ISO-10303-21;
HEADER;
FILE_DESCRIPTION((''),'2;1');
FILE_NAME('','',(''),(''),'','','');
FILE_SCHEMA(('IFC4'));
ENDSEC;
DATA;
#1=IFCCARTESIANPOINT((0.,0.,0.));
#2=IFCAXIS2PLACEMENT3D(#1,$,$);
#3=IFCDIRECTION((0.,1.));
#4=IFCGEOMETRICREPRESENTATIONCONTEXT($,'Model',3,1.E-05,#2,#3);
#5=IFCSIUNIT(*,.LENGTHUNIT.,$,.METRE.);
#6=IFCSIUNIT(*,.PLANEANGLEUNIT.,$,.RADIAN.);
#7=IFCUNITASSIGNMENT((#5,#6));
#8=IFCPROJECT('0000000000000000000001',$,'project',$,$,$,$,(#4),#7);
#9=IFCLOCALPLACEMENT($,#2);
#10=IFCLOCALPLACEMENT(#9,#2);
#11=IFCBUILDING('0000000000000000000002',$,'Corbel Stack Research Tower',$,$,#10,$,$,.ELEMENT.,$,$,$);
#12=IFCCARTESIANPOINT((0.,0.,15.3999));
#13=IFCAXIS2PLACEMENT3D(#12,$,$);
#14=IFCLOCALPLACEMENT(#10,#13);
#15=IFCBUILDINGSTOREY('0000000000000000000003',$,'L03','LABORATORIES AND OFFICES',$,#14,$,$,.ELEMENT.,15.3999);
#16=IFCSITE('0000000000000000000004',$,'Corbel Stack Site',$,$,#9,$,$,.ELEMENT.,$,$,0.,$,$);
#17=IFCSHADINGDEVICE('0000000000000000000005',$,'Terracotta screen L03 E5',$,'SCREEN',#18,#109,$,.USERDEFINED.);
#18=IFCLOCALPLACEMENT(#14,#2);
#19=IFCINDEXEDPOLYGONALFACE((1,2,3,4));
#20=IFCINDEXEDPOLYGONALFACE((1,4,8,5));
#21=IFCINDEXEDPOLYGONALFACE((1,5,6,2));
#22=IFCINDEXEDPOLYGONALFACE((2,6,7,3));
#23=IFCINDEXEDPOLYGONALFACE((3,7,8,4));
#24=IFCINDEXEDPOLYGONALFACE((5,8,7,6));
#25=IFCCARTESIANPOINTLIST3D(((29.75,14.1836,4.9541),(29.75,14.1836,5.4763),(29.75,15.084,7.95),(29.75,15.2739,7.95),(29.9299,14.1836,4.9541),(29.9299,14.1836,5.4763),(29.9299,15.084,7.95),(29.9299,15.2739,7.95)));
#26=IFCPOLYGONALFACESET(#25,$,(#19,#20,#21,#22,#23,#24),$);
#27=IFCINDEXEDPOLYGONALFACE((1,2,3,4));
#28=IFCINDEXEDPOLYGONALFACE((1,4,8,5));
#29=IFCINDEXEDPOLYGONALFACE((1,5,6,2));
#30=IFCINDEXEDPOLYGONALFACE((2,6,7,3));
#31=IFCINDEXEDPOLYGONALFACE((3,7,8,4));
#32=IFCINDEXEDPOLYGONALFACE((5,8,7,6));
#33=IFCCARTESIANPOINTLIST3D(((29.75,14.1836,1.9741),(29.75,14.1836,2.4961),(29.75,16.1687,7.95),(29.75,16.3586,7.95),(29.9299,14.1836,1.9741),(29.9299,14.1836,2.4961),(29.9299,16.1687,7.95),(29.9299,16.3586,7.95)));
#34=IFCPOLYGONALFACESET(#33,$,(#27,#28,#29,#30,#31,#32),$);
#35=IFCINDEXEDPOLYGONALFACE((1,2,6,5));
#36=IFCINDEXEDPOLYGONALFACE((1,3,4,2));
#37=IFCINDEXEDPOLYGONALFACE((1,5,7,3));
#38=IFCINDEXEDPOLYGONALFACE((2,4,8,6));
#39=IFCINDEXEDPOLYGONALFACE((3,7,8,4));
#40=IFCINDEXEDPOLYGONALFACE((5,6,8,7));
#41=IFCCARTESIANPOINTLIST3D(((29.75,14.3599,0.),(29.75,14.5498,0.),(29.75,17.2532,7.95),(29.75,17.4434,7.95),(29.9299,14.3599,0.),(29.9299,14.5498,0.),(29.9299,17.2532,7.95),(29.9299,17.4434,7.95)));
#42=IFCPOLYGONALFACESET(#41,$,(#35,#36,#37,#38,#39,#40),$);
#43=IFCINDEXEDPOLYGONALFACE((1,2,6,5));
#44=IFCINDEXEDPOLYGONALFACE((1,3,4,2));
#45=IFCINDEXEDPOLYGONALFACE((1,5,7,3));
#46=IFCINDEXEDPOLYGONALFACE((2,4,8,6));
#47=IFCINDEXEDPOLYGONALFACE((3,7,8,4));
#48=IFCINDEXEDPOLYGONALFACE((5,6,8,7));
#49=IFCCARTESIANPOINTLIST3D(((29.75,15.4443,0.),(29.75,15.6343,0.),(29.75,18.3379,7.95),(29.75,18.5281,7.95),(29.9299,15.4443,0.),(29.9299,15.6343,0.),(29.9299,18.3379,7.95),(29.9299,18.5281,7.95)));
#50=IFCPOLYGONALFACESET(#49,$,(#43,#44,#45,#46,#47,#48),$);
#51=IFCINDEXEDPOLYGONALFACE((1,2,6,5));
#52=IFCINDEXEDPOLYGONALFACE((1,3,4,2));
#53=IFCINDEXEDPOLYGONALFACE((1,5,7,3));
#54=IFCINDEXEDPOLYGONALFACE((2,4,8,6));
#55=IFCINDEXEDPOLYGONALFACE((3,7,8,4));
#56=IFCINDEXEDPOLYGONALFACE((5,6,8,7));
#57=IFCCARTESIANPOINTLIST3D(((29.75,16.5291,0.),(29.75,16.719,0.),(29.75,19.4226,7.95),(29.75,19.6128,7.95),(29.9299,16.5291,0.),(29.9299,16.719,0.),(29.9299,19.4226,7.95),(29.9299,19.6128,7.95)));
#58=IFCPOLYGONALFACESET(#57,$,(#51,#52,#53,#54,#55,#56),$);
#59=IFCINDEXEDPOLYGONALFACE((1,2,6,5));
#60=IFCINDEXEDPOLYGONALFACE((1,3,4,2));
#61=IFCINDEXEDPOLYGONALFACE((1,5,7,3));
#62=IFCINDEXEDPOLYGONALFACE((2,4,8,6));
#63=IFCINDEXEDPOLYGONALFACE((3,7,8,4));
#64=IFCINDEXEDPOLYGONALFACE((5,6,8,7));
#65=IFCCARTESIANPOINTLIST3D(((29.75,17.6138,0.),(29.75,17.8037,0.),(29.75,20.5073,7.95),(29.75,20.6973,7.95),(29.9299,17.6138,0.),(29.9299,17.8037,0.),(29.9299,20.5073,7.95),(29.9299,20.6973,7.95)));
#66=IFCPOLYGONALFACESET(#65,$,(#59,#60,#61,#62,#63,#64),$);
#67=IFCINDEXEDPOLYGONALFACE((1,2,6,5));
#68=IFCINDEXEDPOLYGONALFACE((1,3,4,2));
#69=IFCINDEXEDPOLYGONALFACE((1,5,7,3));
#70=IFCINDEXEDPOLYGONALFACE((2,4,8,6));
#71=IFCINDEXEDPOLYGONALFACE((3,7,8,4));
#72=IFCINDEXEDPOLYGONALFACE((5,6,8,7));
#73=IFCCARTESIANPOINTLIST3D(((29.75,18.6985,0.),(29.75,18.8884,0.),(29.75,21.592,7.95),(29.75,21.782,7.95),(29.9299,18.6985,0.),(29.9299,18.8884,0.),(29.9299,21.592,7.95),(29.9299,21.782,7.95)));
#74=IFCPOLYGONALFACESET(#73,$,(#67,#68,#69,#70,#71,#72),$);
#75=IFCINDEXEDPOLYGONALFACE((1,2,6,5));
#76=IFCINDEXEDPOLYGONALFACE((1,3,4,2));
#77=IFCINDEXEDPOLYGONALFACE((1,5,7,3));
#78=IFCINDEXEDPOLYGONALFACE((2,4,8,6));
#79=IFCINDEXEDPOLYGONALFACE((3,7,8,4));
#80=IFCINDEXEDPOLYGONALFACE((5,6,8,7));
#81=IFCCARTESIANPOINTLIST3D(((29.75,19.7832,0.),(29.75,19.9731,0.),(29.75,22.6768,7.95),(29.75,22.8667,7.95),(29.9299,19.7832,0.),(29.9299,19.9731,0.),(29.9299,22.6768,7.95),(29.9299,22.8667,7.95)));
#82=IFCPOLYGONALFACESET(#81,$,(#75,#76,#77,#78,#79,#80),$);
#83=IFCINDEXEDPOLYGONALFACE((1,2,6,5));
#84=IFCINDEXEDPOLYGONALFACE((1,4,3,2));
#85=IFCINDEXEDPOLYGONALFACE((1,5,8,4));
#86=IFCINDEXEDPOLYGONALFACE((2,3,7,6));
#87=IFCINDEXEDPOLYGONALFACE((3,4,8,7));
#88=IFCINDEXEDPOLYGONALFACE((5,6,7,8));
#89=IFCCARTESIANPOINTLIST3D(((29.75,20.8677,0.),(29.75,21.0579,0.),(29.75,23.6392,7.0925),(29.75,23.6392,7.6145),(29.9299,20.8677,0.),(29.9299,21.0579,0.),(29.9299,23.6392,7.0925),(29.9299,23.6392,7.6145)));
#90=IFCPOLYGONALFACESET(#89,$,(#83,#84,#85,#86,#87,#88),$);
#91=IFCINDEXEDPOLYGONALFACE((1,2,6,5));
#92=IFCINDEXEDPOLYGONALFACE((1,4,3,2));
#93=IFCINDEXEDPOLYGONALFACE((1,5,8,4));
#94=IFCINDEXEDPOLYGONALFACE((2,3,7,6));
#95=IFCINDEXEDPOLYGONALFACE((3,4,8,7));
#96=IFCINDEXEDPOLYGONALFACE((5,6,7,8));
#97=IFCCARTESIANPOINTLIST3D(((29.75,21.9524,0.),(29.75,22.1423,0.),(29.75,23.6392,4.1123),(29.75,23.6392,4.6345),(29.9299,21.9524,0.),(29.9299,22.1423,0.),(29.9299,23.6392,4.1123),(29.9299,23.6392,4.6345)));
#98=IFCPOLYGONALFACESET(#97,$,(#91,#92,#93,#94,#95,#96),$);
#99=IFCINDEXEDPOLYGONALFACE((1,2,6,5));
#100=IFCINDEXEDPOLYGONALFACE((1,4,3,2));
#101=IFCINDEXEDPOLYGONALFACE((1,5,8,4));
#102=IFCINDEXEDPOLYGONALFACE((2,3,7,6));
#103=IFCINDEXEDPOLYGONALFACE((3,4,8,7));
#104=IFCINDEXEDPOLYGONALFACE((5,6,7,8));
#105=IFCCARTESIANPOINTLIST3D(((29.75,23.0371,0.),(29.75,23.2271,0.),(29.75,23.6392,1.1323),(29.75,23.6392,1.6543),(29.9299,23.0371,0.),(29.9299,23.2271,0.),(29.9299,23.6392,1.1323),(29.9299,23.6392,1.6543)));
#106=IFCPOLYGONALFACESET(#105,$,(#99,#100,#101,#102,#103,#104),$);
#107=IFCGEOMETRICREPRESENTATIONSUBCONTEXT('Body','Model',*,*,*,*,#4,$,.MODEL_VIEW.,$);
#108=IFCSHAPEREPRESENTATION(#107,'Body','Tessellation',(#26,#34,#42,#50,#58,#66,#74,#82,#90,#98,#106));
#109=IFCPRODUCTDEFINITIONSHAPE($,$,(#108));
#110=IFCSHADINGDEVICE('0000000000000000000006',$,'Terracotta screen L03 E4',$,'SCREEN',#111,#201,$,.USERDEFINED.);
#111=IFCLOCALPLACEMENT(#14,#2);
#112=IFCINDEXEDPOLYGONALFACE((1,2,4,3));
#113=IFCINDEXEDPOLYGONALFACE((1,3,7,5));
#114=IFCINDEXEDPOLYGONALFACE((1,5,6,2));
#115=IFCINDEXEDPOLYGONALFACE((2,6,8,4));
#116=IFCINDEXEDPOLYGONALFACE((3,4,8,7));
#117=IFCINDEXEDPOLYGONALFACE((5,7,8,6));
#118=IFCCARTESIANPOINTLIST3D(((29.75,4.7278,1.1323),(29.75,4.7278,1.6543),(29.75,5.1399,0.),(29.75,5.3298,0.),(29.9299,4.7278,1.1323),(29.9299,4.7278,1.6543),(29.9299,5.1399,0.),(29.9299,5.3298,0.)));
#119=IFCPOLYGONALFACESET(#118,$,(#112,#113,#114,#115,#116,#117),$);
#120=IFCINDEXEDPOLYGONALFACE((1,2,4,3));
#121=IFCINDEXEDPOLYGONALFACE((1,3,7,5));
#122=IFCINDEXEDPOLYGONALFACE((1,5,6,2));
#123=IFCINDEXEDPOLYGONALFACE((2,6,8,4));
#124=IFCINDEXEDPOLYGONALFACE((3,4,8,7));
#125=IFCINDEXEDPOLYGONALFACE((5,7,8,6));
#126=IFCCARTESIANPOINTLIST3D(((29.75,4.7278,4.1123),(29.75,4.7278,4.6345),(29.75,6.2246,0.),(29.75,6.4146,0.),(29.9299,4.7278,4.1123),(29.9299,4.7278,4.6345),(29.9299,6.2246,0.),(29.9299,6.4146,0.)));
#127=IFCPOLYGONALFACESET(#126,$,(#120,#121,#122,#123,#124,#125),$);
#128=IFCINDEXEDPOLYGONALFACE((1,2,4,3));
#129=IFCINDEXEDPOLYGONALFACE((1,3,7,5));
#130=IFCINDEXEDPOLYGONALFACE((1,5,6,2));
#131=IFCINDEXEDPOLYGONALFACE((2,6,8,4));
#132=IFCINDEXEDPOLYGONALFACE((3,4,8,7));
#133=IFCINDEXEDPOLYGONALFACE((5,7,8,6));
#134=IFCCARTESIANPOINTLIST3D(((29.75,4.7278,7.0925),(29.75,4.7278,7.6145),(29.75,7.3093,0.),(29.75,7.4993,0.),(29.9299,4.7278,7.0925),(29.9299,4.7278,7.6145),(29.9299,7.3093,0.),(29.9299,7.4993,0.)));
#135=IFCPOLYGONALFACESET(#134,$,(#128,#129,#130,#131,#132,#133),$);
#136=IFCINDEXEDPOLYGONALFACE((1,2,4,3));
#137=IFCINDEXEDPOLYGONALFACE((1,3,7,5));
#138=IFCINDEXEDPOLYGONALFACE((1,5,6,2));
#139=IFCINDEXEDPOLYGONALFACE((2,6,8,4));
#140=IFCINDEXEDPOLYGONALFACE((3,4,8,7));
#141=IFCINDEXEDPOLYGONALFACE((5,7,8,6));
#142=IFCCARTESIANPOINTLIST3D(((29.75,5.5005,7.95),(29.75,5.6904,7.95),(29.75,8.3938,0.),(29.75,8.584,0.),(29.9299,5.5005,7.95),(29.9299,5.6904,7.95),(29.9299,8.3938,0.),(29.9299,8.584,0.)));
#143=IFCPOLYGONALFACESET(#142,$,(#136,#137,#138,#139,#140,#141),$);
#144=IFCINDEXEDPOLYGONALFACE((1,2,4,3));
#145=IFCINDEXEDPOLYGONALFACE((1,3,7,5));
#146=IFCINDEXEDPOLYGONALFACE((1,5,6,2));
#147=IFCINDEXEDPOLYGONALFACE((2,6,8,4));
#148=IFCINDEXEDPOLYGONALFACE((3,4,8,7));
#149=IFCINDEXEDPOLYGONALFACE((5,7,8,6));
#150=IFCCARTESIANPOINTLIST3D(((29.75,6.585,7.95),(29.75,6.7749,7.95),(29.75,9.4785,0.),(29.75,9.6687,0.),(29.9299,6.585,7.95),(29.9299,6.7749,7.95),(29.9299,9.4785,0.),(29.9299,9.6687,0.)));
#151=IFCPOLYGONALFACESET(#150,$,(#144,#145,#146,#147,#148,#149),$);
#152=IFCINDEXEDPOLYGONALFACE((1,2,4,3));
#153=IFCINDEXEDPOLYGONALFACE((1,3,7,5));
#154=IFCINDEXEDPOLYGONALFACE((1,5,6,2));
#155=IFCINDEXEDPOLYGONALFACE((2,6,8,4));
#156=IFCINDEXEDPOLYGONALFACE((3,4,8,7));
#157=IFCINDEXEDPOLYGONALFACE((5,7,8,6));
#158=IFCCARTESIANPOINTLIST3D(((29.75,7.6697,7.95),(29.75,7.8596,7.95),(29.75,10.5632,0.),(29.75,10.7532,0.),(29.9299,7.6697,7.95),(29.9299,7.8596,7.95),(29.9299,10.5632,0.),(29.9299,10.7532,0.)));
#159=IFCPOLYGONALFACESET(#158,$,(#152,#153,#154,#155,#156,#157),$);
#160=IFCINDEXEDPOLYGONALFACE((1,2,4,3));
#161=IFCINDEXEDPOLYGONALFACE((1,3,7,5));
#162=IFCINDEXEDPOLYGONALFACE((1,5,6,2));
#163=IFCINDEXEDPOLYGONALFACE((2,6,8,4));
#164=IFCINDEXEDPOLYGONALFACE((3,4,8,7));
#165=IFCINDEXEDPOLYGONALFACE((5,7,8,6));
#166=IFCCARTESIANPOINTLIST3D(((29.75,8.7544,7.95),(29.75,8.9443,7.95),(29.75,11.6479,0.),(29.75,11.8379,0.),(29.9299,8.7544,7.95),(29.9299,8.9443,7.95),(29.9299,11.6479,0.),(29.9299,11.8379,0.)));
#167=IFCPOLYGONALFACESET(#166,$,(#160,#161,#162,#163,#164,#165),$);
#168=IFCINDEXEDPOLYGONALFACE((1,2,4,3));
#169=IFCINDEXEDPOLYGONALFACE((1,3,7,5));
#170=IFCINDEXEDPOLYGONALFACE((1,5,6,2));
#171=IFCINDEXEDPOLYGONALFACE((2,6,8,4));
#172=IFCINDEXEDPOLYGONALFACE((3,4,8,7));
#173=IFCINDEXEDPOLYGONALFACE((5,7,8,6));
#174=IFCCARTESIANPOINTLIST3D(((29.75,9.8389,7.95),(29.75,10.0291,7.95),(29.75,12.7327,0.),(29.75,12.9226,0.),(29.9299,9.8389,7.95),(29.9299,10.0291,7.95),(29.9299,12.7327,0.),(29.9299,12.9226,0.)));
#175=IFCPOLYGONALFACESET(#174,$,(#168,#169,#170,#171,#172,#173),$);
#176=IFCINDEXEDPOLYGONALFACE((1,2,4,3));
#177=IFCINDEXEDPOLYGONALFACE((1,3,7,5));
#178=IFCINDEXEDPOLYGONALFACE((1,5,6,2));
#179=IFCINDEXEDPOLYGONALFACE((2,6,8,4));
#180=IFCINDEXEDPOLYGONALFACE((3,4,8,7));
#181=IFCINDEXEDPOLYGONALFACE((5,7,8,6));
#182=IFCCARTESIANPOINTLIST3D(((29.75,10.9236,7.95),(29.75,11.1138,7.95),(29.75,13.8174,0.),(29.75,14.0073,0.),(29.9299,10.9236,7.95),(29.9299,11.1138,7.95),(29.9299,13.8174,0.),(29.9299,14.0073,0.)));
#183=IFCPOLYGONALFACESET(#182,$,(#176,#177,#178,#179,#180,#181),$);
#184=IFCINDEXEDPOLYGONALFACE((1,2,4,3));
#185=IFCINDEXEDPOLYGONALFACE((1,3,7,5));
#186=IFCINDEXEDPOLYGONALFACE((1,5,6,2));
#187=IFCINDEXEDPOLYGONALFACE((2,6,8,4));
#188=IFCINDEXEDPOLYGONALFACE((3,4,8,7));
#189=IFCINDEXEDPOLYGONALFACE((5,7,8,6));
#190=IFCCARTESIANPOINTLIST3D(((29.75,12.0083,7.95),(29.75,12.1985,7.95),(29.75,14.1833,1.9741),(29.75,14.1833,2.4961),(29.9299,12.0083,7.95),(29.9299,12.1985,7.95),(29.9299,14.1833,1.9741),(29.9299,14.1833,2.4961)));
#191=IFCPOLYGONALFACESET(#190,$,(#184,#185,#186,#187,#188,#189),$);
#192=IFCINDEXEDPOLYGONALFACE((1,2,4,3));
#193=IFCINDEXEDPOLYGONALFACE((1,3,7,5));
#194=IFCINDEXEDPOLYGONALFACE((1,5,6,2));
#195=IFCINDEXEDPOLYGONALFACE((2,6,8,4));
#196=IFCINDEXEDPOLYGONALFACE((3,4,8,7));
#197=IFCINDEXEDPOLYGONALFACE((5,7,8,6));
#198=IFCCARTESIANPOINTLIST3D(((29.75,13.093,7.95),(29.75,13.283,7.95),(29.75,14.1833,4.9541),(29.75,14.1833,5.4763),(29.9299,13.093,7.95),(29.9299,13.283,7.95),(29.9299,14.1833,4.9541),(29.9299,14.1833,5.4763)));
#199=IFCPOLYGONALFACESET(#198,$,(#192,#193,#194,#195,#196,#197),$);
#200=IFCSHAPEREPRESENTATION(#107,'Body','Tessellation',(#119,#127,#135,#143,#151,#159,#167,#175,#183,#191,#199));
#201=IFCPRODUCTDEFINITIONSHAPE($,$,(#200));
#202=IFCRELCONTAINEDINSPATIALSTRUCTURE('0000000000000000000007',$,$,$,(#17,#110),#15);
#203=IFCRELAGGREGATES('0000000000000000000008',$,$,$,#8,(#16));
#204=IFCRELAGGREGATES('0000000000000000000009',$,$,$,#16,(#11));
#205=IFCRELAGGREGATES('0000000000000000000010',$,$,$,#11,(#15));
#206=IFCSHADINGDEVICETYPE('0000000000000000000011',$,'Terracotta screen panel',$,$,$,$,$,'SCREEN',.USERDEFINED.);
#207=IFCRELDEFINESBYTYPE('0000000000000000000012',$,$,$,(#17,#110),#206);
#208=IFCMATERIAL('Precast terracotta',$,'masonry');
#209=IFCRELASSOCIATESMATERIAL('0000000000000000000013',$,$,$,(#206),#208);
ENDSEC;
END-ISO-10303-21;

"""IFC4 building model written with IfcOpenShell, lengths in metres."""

from ifc_helpers import new_model, si_unit, direction, frame, origin, place, context, subcontext, project, spatial, polyline, outline, extrude, source, transform, mapped, material, type_object, element, save


model = new_model("IFC4")

# Units and contexts
model_context = context("Model", 3, precision=1e-05, world=origin(), true_north=direction((0.0, 1.0)))
body_context = subcontext(model_context, "Body", "Model", "MODEL_VIEW")
ifc_project = project(units=[si_unit("LENGTHUNIT", "METRE"), si_unit("PLANEANGLEUNIT", "RADIAN")], contexts=[model_context])

# Site, building, storey
site_placement = place(None, origin())
site = spatial("IfcSite", under=ifc_project, at=site_placement, Name="Corbel Stack Site", CompositionType="ELEMENT", RefElevation=0.0)
building_placement = place(site_placement, origin())
building = spatial("IfcBuilding", under=site, at=building_placement, Name="Corbel Stack Research Tower", CompositionType="ELEMENT")
storey_placement = place(building_placement, frame((0.0, 0.0, 15.3999)))
storey = spatial("IfcBuildingStorey", under=building, at=storey_placement, Name="L03", Description="LABORATORIES AND OFFICES", CompositionType="ELEMENT", Elevation=15.3999)

# Shading devices
ifc_material_1 = material(Name="Precast terracotta", Category="masonry")
shading_device_type = type_object("IfcShadingDeviceType", Name="Terracotta screen panel", ElementType="SCREEN", PredefinedType="USERDEFINED", material=ifc_material_1)
shared_shape_1 = source(origin(), body_context, "Body", "SweptSolid", [
    extrude(outline(polyline([(1.0903, 7.95), (0.9004, 7.95), (0.0, 5.4763), (0.0, 4.9541), (1.0903, 7.95)])), frame((0.0, 0.0, 0.0), z_axis=(0.0, -1.0, 0.0), x_axis=(1.0, 0.0, 0.0)), (0.0, 0.0, 1.0), 0.1799),
    extrude(outline(polyline([(2.175, 7.95), (1.9851, 7.95), (0.0, 2.4961), (0.0, 1.9741), (2.175, 7.95)])), frame((0.0, 0.0, 0.0), z_axis=(0.0, -1.0, 0.0), x_axis=(1.0, 0.0, 0.0)), (0.0, 0.0, 1.0), 0.1799),
    extrude(outline(polyline([(0.3662, 0.0), (3.2598, 7.95), (3.0696, 7.95), (0.1763, 0.0), (0.3662, 0.0)])), frame((0.0, 0.0, 0.0), z_axis=(0.0, -1.0, 0.0), x_axis=(1.0, 0.0, 0.0)), (0.0, 0.0, 1.0), 0.1799),
    extrude(outline(polyline([(1.4507, 0.0), (4.3445, 7.95), (4.1543, 7.95), (1.2607, 0.0), (1.4507, 0.0)])), frame((0.0, 0.0, 0.0), z_axis=(0.0, -1.0, 0.0), x_axis=(1.0, 0.0, 0.0)), (0.0, 0.0, 1.0), 0.1799),
    extrude(outline(polyline([(2.5354, 0.0), (5.4292, 7.95), (5.239, 7.95), (2.3455, 0.0), (2.5354, 0.0)])), frame((0.0, 0.0, 0.0), z_axis=(0.0, -1.0, 0.0), x_axis=(1.0, 0.0, 0.0)), (0.0, 0.0, 1.0), 0.1799),
    extrude(outline(polyline([(3.6201, 0.0), (6.5137, 7.95), (6.3237, 7.95), (3.4302, 0.0), (3.6201, 0.0)])), frame((0.0, 0.0, 0.0), z_axis=(0.0, -1.0, 0.0), x_axis=(1.0, 0.0, 0.0)), (0.0, 0.0, 1.0), 0.1799),
    extrude(outline(polyline([(4.7048, 0.0), (7.5984, 7.95), (7.4084, 7.95), (4.5149, 0.0), (4.7048, 0.0)])), frame((0.0, 0.0, 0.0), z_axis=(0.0, -1.0, 0.0), x_axis=(1.0, 0.0, 0.0)), (0.0, 0.0, 1.0), 0.1799),
    extrude(outline(polyline([(5.7896, 0.0), (8.6831, 7.95), (8.4932, 7.95), (5.5996, 0.0), (5.7896, 0.0)])), frame((0.0, 0.0, 0.0), z_axis=(0.0, -1.0, 0.0), x_axis=(1.0, 0.0, 0.0)), (0.0, 0.0, 1.0), 0.1799),
    extrude(outline(polyline([(6.8743, 0.0), (9.4556, 7.0925), (9.4556, 7.6145), (6.6841, 0.0), (6.8743, 0.0)])), frame((0.0, 0.0, 0.0), z_axis=(0.0, -1.0, 0.0), x_axis=(1.0, 0.0, 0.0)), (0.0, 0.0, 1.0), 0.1799),
    extrude(outline(polyline([(7.9587, 0.0), (9.4556, 4.1123), (9.4556, 4.6345), (7.7688, 0.0), (7.9587, 0.0)])), frame((0.0, 0.0, 0.0), z_axis=(0.0, -1.0, 0.0), x_axis=(1.0, 0.0, 0.0)), (0.0, 0.0, 1.0), 0.1799),
    extrude(outline(polyline([(9.0435, 0.0), (9.4556, 1.1323), (9.4556, 1.6543), (8.8535, 0.0), (9.0435, 0.0)])), frame((0.0, 0.0, 0.0), z_axis=(0.0, -1.0, 0.0), x_axis=(1.0, 0.0, 0.0)), (0.0, 0.0, 1.0), 0.1799),
])
shading_device_1_placement = place(storey_placement, frame((29.75, 14.1836, 0.0), z_axis=(0.0, 0.0, 1.0), x_axis=(0.0, 1.0, 0.0)))
element("IfcShadingDevice", 1, at=shading_device_1_placement, inside=storey, type_object=shading_device_type, Name="Terracotta screen L03 E5", ObjectType="SCREEN", PredefinedType="USERDEFINED", context=body_context, shape_type="MappedRepresentation", body=[
    mapped(shared_shape_1, transform((0.0, 0.0, 0.0))),
])
shared_shape_2 = source(origin(), body_context, "Body", "SweptSolid", [
    extrude(outline(polyline([(0.6021, 0.0), (0.0, 1.6543), (0.0, 1.1323), (0.4121, 0.0), (0.6021, 0.0)])), frame((0.0, 0.0, 0.0), z_axis=(0.0, -1.0, 0.0), x_axis=(1.0, 0.0, 0.0)), (0.0, 0.0, 1.0), 0.1799),
    extrude(outline(polyline([(1.6868, 0.0), (0.0, 4.6345), (0.0, 4.1123), (1.4968, 0.0), (1.6868, 0.0)])), frame((0.0, 0.0, 0.0), z_axis=(0.0, -1.0, 0.0), x_axis=(1.0, 0.0, 0.0)), (0.0, 0.0, 1.0), 0.1799),
    extrude(outline(polyline([(2.7715, 0.0), (0.0, 7.6145), (0.0, 7.0925), (2.5815, 0.0), (2.7715, 0.0)])), frame((0.0, 0.0, 0.0), z_axis=(0.0, -1.0, 0.0), x_axis=(1.0, 0.0, 0.0)), (0.0, 0.0, 1.0), 0.1799),
    extrude(outline(polyline([(3.8562, 0.0), (0.9626, 7.95), (0.7727, 7.95), (3.666, 0.0), (3.8562, 0.0)])), frame((0.0, 0.0, 0.0), z_axis=(0.0, -1.0, 0.0), x_axis=(1.0, 0.0, 0.0)), (0.0, 0.0, 1.0), 0.1799),
    extrude(outline(polyline([(4.9409, 0.0), (2.0471, 7.95), (1.8572, 7.95), (4.7507, 0.0), (4.9409, 0.0)])), frame((0.0, 0.0, 0.0), z_axis=(0.0, -1.0, 0.0), x_axis=(1.0, 0.0, 0.0)), (0.0, 0.0, 1.0), 0.1799),
    extrude(outline(polyline([(6.0254, 0.0), (3.1318, 7.95), (2.9419, 7.95), (5.8354, 0.0), (6.0254, 0.0)])), frame((0.0, 0.0, 0.0), z_axis=(0.0, -1.0, 0.0), x_axis=(1.0, 0.0, 0.0)), (0.0, 0.0, 1.0), 0.1799),
    extrude(outline(polyline([(7.1101, 0.0), (4.2166, 7.95), (4.0266, 7.95), (6.9202, 0.0), (7.1101, 0.0)])), frame((0.0, 0.0, 0.0), z_axis=(0.0, -1.0, 0.0), x_axis=(1.0, 0.0, 0.0)), (0.0, 0.0, 1.0), 0.1799),
    extrude(outline(polyline([(8.1948, 0.0), (5.3013, 7.95), (5.1111, 7.95), (8.0049, 0.0), (8.1948, 0.0)])), frame((0.0, 0.0, 0.0), z_axis=(0.0, -1.0, 0.0), x_axis=(1.0, 0.0, 0.0)), (0.0, 0.0, 1.0), 0.1799),
    extrude(outline(polyline([(9.2795, 0.0), (6.386, 7.95), (6.1958, 7.95), (9.0896, 0.0), (9.2795, 0.0)])), frame((0.0, 0.0, 0.0), z_axis=(0.0, -1.0, 0.0), x_axis=(1.0, 0.0, 0.0)), (0.0, 0.0, 1.0), 0.1799),
    extrude(outline(polyline([(7.4707, 7.95), (7.2805, 7.95), (9.4556, 1.9741), (9.4556, 2.4961), (7.4707, 7.95)])), frame((0.0, 0.0, 0.0), z_axis=(0.0, -1.0, 0.0), x_axis=(1.0, 0.0, 0.0)), (0.0, 0.0, 1.0), 0.1799),
    extrude(outline(polyline([(8.5552, 7.95), (8.3652, 7.95), (9.4556, 4.9541), (9.4556, 5.4763), (8.5552, 7.95)])), frame((0.0, 0.0, 0.0), z_axis=(0.0, -1.0, 0.0), x_axis=(1.0, 0.0, 0.0)), (0.0, 0.0, 1.0), 0.1799),
])
shading_device_2_placement = place(storey_placement, frame((29.75, 4.7278, 0.0), z_axis=(0.0, 0.0, 1.0), x_axis=(0.0, 1.0, 0.0)))
element("IfcShadingDevice", 2, at=shading_device_2_placement, inside=storey, type_object=shading_device_type, Name="Terracotta screen L03 E4", ObjectType="SCREEN", PredefinedType="USERDEFINED", context=body_context, shape_type="MappedRepresentation", body=[
    mapped(shared_shape_2, transform((0.0, 0.0, 0.0))),
])

save(model, "model.ifc")
